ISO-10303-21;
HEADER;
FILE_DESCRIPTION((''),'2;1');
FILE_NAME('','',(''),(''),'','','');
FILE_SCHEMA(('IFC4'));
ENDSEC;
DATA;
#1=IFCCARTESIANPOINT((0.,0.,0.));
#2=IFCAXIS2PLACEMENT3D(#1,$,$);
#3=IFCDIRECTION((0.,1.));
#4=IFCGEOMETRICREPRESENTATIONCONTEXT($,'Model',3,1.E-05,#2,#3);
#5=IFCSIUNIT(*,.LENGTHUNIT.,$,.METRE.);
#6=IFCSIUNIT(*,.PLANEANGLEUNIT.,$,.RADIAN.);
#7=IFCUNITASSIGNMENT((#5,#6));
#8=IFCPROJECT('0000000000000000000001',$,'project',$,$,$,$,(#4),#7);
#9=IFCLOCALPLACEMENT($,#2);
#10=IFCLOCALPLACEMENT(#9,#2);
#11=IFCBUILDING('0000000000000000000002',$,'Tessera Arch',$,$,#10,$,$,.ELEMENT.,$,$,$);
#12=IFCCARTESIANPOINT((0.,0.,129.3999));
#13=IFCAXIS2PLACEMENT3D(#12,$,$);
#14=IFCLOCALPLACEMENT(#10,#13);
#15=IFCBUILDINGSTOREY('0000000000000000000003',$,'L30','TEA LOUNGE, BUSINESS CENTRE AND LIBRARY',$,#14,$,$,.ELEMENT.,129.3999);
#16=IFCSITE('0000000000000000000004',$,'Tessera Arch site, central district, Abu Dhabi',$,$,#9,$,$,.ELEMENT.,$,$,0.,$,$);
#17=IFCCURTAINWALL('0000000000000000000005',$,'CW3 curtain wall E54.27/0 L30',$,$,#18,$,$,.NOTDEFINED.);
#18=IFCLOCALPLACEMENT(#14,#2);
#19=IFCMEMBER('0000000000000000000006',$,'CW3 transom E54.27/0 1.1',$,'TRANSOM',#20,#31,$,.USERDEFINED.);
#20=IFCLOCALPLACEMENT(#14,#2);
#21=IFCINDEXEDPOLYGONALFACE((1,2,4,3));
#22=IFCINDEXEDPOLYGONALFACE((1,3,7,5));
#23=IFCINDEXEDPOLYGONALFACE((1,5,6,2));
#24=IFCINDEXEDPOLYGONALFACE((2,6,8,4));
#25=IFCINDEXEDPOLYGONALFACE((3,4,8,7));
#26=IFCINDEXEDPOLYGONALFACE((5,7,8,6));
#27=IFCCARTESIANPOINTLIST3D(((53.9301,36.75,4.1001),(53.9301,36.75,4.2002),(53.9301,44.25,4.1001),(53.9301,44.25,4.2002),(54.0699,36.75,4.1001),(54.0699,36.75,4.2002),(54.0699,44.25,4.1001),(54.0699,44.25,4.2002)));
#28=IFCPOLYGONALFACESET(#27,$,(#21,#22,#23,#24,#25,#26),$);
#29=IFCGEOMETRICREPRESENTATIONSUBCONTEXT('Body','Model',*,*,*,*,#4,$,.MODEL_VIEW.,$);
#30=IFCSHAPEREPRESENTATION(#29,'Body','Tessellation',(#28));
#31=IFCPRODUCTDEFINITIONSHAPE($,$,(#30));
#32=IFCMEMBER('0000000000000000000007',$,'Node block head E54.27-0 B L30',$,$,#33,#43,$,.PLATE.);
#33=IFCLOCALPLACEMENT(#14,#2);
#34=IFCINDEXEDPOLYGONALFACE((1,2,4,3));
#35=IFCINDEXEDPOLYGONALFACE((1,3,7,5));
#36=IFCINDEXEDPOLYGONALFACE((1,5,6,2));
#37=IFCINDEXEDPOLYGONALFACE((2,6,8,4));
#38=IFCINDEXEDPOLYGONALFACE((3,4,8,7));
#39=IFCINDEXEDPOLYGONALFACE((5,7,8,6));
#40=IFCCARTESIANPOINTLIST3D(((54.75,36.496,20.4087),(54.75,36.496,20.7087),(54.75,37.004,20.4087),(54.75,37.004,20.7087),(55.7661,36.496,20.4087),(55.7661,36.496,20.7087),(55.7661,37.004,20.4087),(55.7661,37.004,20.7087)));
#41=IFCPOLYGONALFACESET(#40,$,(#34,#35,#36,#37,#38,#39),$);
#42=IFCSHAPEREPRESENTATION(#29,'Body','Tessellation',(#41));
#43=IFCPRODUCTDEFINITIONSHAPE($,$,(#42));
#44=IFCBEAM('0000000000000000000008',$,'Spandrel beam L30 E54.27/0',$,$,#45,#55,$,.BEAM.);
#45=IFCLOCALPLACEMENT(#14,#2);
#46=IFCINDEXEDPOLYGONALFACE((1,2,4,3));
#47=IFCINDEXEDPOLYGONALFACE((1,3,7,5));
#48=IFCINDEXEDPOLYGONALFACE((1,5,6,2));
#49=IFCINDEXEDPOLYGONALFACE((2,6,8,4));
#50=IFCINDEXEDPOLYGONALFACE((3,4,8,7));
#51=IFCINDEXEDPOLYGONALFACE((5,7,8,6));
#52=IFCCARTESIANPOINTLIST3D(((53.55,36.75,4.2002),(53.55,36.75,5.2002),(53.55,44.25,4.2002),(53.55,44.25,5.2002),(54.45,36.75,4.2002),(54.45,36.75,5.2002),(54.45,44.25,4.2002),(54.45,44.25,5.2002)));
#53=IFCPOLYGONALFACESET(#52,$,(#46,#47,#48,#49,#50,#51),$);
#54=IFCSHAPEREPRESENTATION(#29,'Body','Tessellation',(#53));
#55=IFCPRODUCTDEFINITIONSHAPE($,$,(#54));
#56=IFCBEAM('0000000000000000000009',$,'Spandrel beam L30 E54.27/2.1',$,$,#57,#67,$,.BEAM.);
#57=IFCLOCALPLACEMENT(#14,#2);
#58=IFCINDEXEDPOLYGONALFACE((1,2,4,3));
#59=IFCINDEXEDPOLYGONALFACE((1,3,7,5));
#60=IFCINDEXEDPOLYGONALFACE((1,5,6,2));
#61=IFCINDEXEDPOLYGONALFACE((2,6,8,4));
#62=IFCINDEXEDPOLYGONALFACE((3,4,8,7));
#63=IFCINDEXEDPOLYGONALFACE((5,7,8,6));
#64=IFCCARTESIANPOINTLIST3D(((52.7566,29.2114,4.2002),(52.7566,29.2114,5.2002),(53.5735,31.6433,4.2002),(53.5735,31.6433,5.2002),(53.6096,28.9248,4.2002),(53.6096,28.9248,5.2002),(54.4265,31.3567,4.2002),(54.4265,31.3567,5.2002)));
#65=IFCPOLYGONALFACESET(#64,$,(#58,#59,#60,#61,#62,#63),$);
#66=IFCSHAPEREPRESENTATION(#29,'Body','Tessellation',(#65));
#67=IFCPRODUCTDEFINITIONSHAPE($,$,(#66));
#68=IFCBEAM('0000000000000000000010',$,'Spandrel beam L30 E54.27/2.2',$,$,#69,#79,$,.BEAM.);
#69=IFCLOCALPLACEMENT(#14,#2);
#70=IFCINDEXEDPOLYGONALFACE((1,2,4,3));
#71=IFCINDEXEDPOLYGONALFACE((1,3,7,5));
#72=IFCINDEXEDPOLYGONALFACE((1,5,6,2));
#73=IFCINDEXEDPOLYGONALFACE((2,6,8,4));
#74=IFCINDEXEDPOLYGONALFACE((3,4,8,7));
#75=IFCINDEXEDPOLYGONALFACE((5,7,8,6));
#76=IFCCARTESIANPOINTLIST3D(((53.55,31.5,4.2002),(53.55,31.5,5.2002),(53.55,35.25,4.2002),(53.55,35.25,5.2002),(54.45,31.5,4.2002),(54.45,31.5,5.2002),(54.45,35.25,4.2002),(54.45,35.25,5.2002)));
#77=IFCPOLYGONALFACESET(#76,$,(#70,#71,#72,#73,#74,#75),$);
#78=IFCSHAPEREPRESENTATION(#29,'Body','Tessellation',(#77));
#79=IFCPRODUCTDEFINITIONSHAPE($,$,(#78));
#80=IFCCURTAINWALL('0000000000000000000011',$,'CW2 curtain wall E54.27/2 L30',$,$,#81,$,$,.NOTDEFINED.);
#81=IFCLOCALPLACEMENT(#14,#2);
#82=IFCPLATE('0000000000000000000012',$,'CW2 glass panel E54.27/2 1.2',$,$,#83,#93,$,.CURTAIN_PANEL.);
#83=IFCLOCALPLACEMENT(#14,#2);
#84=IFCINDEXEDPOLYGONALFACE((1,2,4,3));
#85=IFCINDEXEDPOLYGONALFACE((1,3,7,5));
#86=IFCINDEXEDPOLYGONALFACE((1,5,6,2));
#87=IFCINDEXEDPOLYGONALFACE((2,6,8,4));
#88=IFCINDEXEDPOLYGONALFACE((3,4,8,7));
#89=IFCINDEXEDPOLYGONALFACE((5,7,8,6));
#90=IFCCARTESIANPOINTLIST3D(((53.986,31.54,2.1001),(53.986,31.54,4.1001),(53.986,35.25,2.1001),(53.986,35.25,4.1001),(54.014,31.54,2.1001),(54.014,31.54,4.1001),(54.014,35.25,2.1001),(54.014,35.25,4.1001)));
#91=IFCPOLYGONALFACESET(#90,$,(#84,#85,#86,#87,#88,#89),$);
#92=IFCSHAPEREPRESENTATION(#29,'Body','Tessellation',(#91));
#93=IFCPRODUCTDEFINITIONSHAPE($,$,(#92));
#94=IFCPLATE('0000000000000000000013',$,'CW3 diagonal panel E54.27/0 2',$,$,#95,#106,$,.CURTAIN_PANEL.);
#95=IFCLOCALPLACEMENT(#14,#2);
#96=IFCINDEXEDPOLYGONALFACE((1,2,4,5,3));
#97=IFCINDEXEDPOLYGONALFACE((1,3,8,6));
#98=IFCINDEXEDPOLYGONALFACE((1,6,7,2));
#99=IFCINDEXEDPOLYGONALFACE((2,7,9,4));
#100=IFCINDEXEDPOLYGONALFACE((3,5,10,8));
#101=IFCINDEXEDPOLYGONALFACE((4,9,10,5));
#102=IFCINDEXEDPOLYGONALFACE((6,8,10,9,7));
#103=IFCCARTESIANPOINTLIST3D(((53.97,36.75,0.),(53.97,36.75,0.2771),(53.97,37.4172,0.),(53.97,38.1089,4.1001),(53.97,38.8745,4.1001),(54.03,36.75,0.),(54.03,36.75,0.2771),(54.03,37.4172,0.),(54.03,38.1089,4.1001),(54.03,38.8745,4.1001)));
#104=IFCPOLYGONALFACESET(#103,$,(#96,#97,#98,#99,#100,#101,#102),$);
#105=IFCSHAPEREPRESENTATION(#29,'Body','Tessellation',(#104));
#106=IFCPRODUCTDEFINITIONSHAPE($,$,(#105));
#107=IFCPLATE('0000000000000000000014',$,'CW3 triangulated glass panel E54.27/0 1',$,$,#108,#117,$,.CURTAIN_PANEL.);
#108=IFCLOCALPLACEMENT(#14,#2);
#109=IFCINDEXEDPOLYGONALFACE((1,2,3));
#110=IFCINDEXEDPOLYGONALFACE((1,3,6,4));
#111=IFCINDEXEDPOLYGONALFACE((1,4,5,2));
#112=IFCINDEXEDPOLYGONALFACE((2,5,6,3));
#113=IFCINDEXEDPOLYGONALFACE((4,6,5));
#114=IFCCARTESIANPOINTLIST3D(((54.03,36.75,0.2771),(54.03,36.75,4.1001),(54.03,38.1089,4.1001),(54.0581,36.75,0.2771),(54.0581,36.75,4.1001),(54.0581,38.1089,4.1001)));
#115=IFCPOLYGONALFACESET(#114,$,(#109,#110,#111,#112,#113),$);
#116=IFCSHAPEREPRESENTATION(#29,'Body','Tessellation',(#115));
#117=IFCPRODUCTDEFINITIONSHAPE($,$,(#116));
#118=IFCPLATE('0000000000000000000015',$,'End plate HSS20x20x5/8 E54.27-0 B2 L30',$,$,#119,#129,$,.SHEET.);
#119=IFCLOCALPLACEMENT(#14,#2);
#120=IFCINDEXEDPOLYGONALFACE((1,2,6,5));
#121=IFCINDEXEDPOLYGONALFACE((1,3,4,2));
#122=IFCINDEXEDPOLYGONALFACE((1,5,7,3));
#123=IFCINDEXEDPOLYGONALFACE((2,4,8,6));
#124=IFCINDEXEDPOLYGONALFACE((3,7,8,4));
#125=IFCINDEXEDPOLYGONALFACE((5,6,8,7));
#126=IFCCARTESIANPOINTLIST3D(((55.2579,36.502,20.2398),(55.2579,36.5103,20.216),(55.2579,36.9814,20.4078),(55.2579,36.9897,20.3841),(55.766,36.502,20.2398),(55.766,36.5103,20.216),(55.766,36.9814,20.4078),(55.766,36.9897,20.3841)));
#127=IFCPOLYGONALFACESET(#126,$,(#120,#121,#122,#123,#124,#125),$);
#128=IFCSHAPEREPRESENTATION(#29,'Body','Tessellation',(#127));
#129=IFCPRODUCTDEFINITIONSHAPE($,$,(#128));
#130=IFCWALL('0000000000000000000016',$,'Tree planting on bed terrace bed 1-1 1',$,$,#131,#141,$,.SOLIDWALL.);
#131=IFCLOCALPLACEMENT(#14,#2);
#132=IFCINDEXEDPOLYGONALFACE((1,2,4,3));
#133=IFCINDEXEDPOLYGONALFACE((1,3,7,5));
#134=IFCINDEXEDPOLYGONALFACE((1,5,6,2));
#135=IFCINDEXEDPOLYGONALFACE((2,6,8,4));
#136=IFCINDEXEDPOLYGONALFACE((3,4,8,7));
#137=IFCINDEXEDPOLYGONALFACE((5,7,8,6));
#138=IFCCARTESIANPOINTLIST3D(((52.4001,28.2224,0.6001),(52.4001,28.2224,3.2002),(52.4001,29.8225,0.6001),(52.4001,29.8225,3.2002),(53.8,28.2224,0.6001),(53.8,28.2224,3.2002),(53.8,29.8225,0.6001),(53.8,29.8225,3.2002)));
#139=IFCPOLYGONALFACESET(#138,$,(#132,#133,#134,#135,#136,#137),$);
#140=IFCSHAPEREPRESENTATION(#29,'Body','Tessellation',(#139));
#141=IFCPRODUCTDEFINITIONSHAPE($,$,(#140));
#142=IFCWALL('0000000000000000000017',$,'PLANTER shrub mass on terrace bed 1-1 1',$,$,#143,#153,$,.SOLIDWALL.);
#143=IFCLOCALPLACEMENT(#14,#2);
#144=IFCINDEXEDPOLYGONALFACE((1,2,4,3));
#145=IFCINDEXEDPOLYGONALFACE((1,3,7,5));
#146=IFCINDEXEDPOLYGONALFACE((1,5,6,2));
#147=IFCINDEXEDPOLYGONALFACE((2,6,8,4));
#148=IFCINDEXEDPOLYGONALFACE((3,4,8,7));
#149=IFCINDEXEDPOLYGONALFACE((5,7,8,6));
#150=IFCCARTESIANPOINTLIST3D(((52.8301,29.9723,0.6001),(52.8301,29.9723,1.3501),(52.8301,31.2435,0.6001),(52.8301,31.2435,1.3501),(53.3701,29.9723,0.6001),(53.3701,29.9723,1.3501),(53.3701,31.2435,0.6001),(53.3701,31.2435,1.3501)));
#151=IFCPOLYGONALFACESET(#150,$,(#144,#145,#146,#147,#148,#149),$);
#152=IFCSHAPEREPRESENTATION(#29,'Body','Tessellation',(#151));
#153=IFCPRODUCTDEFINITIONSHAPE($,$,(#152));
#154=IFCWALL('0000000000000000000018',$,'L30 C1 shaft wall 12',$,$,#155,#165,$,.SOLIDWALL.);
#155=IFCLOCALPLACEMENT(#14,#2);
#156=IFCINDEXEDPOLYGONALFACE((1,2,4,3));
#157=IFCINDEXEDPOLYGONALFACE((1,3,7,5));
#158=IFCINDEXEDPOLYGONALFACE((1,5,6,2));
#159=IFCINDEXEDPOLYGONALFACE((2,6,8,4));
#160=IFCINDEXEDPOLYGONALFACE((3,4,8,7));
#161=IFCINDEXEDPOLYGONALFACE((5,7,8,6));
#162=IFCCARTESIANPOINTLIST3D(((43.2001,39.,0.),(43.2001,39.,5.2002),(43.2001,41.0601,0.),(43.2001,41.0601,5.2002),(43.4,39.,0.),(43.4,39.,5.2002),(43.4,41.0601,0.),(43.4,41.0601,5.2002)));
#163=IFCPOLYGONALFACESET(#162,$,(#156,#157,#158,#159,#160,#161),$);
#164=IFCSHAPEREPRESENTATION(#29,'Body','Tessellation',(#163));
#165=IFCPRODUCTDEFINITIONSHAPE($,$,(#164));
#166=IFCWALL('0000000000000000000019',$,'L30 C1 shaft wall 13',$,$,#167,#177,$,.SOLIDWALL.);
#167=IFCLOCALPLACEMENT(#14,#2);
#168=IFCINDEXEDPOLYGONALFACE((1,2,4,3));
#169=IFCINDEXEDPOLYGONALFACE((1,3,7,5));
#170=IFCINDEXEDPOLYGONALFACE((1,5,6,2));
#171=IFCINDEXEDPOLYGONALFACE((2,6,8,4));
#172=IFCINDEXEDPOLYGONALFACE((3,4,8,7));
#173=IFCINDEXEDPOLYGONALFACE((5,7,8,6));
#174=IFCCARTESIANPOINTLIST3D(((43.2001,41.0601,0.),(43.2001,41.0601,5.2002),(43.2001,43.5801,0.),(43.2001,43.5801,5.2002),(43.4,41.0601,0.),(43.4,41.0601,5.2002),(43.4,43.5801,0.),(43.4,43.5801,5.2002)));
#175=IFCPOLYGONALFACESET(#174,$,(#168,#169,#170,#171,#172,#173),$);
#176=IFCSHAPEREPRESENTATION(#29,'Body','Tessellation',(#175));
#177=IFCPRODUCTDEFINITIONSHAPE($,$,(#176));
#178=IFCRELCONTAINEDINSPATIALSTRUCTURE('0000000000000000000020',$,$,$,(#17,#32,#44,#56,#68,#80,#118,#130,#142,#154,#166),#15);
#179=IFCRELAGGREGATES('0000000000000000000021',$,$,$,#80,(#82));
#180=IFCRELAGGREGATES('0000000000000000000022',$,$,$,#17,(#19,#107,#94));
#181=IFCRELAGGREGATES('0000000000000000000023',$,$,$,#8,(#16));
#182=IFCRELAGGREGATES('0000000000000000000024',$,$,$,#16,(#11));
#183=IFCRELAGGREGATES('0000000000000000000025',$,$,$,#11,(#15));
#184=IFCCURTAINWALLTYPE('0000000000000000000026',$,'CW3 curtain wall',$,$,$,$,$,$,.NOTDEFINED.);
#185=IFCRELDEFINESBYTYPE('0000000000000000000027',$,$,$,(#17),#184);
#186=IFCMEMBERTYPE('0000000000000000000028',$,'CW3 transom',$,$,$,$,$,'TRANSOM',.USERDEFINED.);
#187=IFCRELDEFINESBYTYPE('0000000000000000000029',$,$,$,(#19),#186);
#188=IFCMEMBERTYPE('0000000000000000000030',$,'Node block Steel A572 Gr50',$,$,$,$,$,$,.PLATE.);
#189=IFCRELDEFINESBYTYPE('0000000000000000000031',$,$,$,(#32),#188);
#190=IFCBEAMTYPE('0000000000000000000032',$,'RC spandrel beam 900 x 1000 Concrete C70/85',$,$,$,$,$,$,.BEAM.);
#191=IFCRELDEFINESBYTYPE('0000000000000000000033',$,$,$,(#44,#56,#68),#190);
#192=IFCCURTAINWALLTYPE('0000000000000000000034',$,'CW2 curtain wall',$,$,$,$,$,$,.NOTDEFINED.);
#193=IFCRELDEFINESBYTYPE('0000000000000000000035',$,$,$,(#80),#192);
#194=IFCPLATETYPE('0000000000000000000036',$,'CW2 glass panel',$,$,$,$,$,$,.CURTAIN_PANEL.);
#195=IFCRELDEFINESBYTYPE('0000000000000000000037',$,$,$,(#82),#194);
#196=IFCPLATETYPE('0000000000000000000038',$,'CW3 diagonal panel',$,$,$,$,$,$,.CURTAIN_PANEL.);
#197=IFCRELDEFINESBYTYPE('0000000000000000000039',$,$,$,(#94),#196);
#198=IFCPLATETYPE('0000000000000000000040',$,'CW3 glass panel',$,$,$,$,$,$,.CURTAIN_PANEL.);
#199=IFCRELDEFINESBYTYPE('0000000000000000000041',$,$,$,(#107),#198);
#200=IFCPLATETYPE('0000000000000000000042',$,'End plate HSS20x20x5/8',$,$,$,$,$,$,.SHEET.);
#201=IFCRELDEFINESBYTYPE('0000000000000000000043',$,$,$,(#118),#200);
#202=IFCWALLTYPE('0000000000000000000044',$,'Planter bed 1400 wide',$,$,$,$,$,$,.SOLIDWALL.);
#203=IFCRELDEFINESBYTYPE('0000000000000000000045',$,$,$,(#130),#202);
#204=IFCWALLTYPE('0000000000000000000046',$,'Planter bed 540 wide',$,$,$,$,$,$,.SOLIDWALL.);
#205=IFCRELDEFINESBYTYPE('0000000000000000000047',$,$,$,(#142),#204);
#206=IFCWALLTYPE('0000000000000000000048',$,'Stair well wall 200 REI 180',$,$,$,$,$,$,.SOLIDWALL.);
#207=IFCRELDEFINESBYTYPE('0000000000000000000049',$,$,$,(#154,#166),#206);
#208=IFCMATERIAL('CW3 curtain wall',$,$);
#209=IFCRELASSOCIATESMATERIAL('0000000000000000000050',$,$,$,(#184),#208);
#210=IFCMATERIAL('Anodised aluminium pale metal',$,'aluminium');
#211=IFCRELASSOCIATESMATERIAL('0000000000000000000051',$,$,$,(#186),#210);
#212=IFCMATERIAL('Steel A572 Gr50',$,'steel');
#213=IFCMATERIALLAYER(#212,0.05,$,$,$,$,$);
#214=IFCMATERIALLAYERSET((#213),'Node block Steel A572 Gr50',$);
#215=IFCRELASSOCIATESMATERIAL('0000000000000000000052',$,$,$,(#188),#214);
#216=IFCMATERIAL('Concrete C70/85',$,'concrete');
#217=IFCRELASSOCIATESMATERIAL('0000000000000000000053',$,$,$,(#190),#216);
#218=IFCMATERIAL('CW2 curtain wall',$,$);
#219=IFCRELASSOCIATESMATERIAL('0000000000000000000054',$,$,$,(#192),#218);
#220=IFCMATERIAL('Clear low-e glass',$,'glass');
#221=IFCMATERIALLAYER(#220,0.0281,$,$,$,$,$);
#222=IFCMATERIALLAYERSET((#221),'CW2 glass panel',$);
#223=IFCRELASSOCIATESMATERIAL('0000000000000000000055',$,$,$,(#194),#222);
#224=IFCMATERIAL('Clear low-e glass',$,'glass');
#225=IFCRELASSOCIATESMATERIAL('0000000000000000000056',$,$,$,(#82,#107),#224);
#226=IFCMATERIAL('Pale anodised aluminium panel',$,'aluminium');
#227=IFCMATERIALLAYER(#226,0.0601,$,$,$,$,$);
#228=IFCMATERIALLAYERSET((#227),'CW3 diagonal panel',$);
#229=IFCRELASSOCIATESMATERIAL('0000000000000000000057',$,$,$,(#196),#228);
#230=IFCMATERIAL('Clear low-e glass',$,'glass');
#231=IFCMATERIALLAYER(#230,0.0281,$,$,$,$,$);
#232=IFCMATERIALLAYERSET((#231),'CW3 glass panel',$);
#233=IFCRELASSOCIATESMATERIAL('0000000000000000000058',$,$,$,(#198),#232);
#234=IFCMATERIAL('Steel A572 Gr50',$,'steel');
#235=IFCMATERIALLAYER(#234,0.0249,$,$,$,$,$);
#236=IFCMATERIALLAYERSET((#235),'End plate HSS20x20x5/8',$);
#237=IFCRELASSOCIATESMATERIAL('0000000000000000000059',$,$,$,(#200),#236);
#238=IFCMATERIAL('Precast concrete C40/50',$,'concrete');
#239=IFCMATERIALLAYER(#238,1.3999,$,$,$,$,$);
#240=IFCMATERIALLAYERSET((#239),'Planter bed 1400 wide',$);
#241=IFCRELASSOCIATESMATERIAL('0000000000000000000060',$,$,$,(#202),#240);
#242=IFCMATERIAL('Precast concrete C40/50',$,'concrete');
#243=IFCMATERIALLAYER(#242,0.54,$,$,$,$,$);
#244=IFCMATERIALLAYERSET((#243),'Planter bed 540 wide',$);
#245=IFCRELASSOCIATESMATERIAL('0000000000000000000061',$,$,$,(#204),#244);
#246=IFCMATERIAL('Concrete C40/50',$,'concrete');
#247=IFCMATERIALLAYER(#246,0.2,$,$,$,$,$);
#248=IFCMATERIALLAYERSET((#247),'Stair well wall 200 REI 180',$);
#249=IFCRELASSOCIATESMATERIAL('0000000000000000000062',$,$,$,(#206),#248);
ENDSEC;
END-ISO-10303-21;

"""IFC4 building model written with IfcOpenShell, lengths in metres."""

from ifc_helpers import new_model, si_unit, direction, frame, frame_2d, origin, origin_2d, place, context, subcontext, project, spatial, polyline, rectangle, outline, extrude, material, layer, layer_set, material_profile, profile_set, type_object, element, aggregate, save


model = new_model("IFC4")

# Units and contexts
model_context = context("Model", 3, precision=1e-05, world=origin(), true_north=direction((0.0, 1.0)))
body_context = subcontext(model_context, "Body", "Model", "MODEL_VIEW")
ifc_project = project(units=[si_unit("LENGTHUNIT", "METRE"), si_unit("PLANEANGLEUNIT", "RADIAN")], contexts=[model_context])

# Site, building, storey
site_placement = place(None, origin())
site = spatial("IfcSite", under=ifc_project, at=site_placement, Name="Tessera Arch site, central district, Abu Dhabi", CompositionType="ELEMENT", RefElevation=0.0)
building_placement = place(site_placement, origin())
building = spatial("IfcBuilding", under=site, at=building_placement, Name="Tessera Arch", CompositionType="ELEMENT")
storey_placement = place(building_placement, frame((0.0, 0.0, 129.3999)))
storey = spatial("IfcBuildingStorey", under=building, at=storey_placement, Name="L30", Description="TEA LOUNGE, BUSINESS CENTRE AND LIBRARY", CompositionType="ELEMENT", Elevation=129.3999)

# Curtain wall, member
ifc_material_1 = material(Name="CW3 curtain wall")
curtain_wall_type_1 = type_object("IfcCurtainWallType", Name="CW3 curtain wall", PredefinedType="NOTDEFINED", material=ifc_material_1)
curtain_wall_1_placement = place(storey_placement, origin())
curtain_wall_1 = element("IfcCurtainWall", 1, at=curtain_wall_1_placement, inside=storey, type_object=curtain_wall_type_1, Name="CW3 curtain wall E54.27/0 L30", PredefinedType="NOTDEFINED")
ifc_material_2 = material(Name="Anodised aluminium pale metal", Category="aluminium")
ifc_material_profile_1 = material_profile(ifc_material_2, rectangle(XDim=0.1399, YDim=0.1001, at=origin_2d()), Name="AL 140x100")
ifc_profile_set_1 = profile_set([ifc_material_profile_1], Name="Anodised aluminium pale metal")
member_type_1 = type_object("IfcMemberType", Name="CW3 transom", ElementType="TRANSOM", PredefinedType="USERDEFINED", material=ifc_profile_set_1)
member_1_placement = place(storey_placement, frame((54.0, 36.75, 4.1501), z_axis=(0.0, 1.0, 0.0), x_axis=(-1.0, 0.0, 0.0)))
member_1 = element("IfcMember", 2, at=member_1_placement, type_object=member_type_1, Name="CW3 transom E54.27/0 1.1", ObjectType="TRANSOM", PredefinedType="USERDEFINED", context=body_context, shape_type="SweptSolid", body=[
    extrude(rectangle(XDim=0.1399, YDim=0.1001, at=origin_2d()), origin(), (0.0, 0.0, 1.0), 7.5),
])

# Member
ifc_material_3 = material(Name="Steel A572 Gr50", Category="steel")
ifc_layer_1 = layer(ifc_material_3, 0.05)
ifc_layer_set_1 = layer_set([ifc_layer_1], Name="Node block Steel A572 Gr50")
member_type_2 = type_object("IfcMemberType", Name="Node block Steel A572 Gr50", PredefinedType="PLATE", material=ifc_layer_set_1)
member_2_placement = place(storey_placement, frame((55.2581, 36.75, 20.4087), z_axis=(0.0, 0.0, 1.0), x_axis=(0.0, 1.0, 0.0)))
element("IfcMember", 3, at=member_2_placement, inside=storey, type_object=member_type_2, Name="Node block head E54.27-0 B L30", PredefinedType="PLATE", context=body_context, shape_type="SweptSolid", body=[
    extrude(rectangle(XDim=0.5081, YDim=1.0161, at=origin_2d()), origin(), (0.0, 0.0, 1.0), 0.3),
])

# Beams
ifc_material_4 = material(Name="Concrete C70/85", Category="concrete")
ifc_material_profile_2 = material_profile(ifc_material_4, rectangle(XDim=0.8999, YDim=1.0, at=origin_2d()), Name="RC spandrel beam 900 x 1000 Concrete C70/85")
ifc_profile_set_2 = profile_set([ifc_material_profile_2], Name="Concrete C70/85")
beam_type = type_object("IfcBeamType", Name="RC spandrel beam 900 x 1000 Concrete C70/85", PredefinedType="BEAM", material=ifc_profile_set_2)
beam_1_placement = place(storey_placement, frame((54.0, 36.75, 4.7002), z_axis=(0.0, 1.0, 0.0), x_axis=(-1.0, 0.0, 0.0)))
element("IfcBeam", 4, at=beam_1_placement, inside=storey, type_object=beam_type, Name="Spandrel beam L30 E54.27/0", PredefinedType="BEAM", context=body_context, shape_type="SweptSolid", body=[
    extrude(rectangle(XDim=0.8999, YDim=1.0, at=origin_2d()), origin(), (0.0, 0.0, 1.0), 7.5),
])
beam_2_placement = place(storey_placement, frame((53.1831, 29.0681, 4.7002), z_axis=(0.318425, 0.947948, 0.0), x_axis=(-0.947948, 0.318425, 0.0)))
element("IfcBeam", 5, at=beam_2_placement, inside=storey, type_object=beam_type, Name="Spandrel beam L30 E54.27/2.1", PredefinedType="BEAM", context=body_context, shape_type="SweptSolid", body=[
    extrude(rectangle(XDim=0.8999, YDim=1.0, at=origin_2d()), origin(), (0.0, 0.0, 1.0), 2.5654),
])
beam_3_placement = place(storey_placement, frame((54.0, 31.5, 4.7002), z_axis=(0.0, 1.0, 0.0), x_axis=(-1.0, 0.0, 0.0)))
element("IfcBeam", 6, at=beam_3_placement, inside=storey, type_object=beam_type, Name="Spandrel beam L30 E54.27/2.2", PredefinedType="BEAM", context=body_context, shape_type="SweptSolid", body=[
    extrude(rectangle(XDim=0.8999, YDim=1.0, at=origin_2d()), origin(), (0.0, 0.0, 1.0), 3.75),
])

# Curtain wall, plate
ifc_material_5 = material(Name="CW2 curtain wall")
curtain_wall_type_2 = type_object("IfcCurtainWallType", Name="CW2 curtain wall", PredefinedType="NOTDEFINED", material=ifc_material_5)
curtain_wall_2_placement = place(storey_placement, origin())
curtain_wall_2 = element("IfcCurtainWall", 7, at=curtain_wall_2_placement, inside=storey, type_object=curtain_wall_type_2, Name="CW2 curtain wall E54.27/2 L30", PredefinedType="NOTDEFINED")
ifc_material_6 = material(Name="Clear low-e glass", Category="glass")
ifc_material_7 = material(Name="Clear low-e glass", Category="glass")
ifc_layer_2 = layer(ifc_material_7, 0.0281)
ifc_layer_set_2 = layer_set([ifc_layer_2], Name="CW2 glass panel")
plate_type_1 = type_object("IfcPlateType", Name="CW2 glass panel", PredefinedType="CURTAIN_PANEL", material=ifc_layer_set_2)
plate_1_placement = place(storey_placement, frame((54.0, 33.395, 2.1001), z_axis=(0.0, 0.0, 1.0), x_axis=(0.0, 1.0, 0.0)))
plate_1 = element("IfcPlate", 8, at=plate_1_placement, type_object=plate_type_1, material=ifc_material_6, Name="CW2 glass panel E54.27/2 1.2", PredefinedType="CURTAIN_PANEL", context=body_context, shape_type="SweptSolid", body=[
    extrude(rectangle(XDim=3.71, YDim=0.0281, at=origin_2d()), origin(), (0.0, 0.0, 1.0), 2.0),
])
aggregate(curtain_wall_2, [plate_1])

# Plates
ifc_material_8 = material(Name="Pale anodised aluminium panel", Category="aluminium")
ifc_layer_3 = layer(ifc_material_8, 0.0601)
ifc_layer_set_3 = layer_set([ifc_layer_3], Name="CW3 diagonal panel")
plate_type_2 = type_object("IfcPlateType", Name="CW3 diagonal panel", PredefinedType="CURTAIN_PANEL", material=ifc_layer_set_3)
plate_2_placement = place(storey_placement, frame((54.03, 38.8745, 4.1001), z_axis=(1.0, 0.0, 0.0), x_axis=(0.0, -1.0, 0.0)))
plate_2 = element("IfcPlate", 9, at=plate_2_placement, type_object=plate_type_2, Name="CW3 diagonal panel E54.27/0 2", PredefinedType="CURTAIN_PANEL", context=body_context, shape_type="SweptSolid", body=[
    extrude(outline(polyline([(0.0, 0.0), (0.7656, 0.0), (2.1245, 3.823), (2.1245, 4.1001), (1.4573, 4.1001), (0.0, 0.0)])), origin(), (0.0, 0.0, -1.0), 0.0601),
])
ifc_material_9 = material(Name="Clear low-e glass", Category="glass")
ifc_layer_4 = layer(ifc_material_9, 0.0281)
ifc_layer_set_4 = layer_set([ifc_layer_4], Name="CW3 glass panel")
plate_type_3 = type_object("IfcPlateType", Name="CW3 glass panel", PredefinedType="CURTAIN_PANEL", material=ifc_layer_set_4)
plate_3_placement = place(storey_placement, frame((54.0581, 36.75, 4.1001), z_axis=(1.0, 0.0, 0.0), x_axis=(0.0, 0.0, -1.0)))
plate_3 = element("IfcPlate", 10, at=plate_3_placement, type_object=plate_type_3, material=ifc_material_6, Name="CW3 triangulated glass panel E54.27/0 1", PredefinedType="CURTAIN_PANEL", context=body_context, shape_type="SweptSolid", body=[
    extrude(outline(polyline([(0.0, 0.0), (3.823, 0.0), (0.0, 1.3589), (0.0, 0.0)])), origin(), (0.0, 0.0, -1.0), 0.0281),
])
aggregate(curtain_wall_1, [member_1, plate_3, plate_2])
ifc_material_10 = material(Name="Steel A572 Gr50", Category="steel")
ifc_layer_5 = layer(ifc_material_10, 0.0249)
ifc_layer_set_5 = layer_set([ifc_layer_5], Name="End plate HSS20x20x5/8")
plate_type_4 = type_object("IfcPlateType", Name="End plate HSS20x20x5/8", PredefinedType="SHEET", material=ifc_layer_set_5)
plate_4_placement = place(storey_placement, frame((55.512, 36.75, 20.3), z_axis=(0.0, -0.330784, 0.943707), x_axis=(1.0, 0.0, 0.0)))
element("IfcPlate", 11, at=plate_4_placement, inside=storey, type_object=plate_type_4, Name="End plate HSS20x20x5/8 E54.27-0 B2 L30", PredefinedType="SHEET", context=body_context, shape_type="SweptSolid", body=[
    extrude(rectangle(XDim=0.5081, YDim=0.5081, at=origin_2d()), origin(), (0.0, 0.0, 1.0), 0.0251),
])

# Walls
ifc_material_11 = material(Name="Precast concrete C40/50", Category="concrete")
ifc_layer_6 = layer(ifc_material_11, 1.3999)
ifc_layer_set_6 = layer_set([ifc_layer_6], Name="Planter bed 1400 wide")
wall_type_1 = type_object("IfcWallType", Name="Planter bed 1400 wide", PredefinedType="SOLIDWALL", material=ifc_layer_set_6)
wall_1_placement = place(storey_placement, frame((53.1001, 29.8225, 0.6001), z_axis=(0.0, 0.0, 1.0), x_axis=(0.0, -1.0, 0.0)))
element("IfcWall", 12, at=wall_1_placement, inside=storey, type_object=wall_type_1, Name="Tree planting on bed terrace bed 1-1 1", PredefinedType="SOLIDWALL", context=body_context, shape_type="SweptSolid", body=[
    extrude(rectangle(XDim=1.6001, YDim=1.3999, at=frame_2d((0.8, 0.0))), origin(), (0.0, 0.0, 1.0), 2.6001),
])
ifc_material_12 = material(Name="Precast concrete C40/50", Category="concrete")
ifc_layer_7 = layer(ifc_material_12, 0.54)
ifc_layer_set_7 = layer_set([ifc_layer_7], Name="Planter bed 540 wide")
wall_type_2 = type_object("IfcWallType", Name="Planter bed 540 wide", PredefinedType="SOLIDWALL", material=ifc_layer_set_7)
wall_2_placement = place(storey_placement, frame((53.1001, 31.2437, 0.6001), z_axis=(0.0, 0.0, 1.0), x_axis=(0.0, -1.0, 0.0)))
element("IfcWall", 13, at=wall_2_placement, inside=storey, type_object=wall_type_2, Name="PLANTER shrub mass on terrace bed 1-1 1", PredefinedType="SOLIDWALL", context=body_context, shape_type="SweptSolid", body=[
    extrude(rectangle(XDim=1.2712, YDim=0.54, at=frame_2d((0.6357, 0.0))), origin(), (0.0, 0.0, 1.0), 0.75),
])
ifc_material_13 = material(Name="Concrete C40/50", Category="concrete")
ifc_layer_8 = layer(ifc_material_13, 0.2)
ifc_layer_set_8 = layer_set([ifc_layer_8], Name="Stair well wall 200 REI 180")
wall_type_3 = type_object("IfcWallType", Name="Stair well wall 200 REI 180", PredefinedType="SOLIDWALL", material=ifc_layer_set_8)
wall_3_placement = place(storey_placement, frame((43.3, 39.0, 0.0), z_axis=(0.0, 0.0, 1.0), x_axis=(0.0, 1.0, 0.0)))
element("IfcWall", 14, at=wall_3_placement, inside=storey, type_object=wall_type_3, Name="L30 C1 shaft wall 12", PredefinedType="SOLIDWALL", context=body_context, shape_type="SweptSolid", body=[
    extrude(rectangle(XDim=2.0601, YDim=0.2, at=frame_2d((1.03, 0.0))), origin(), (0.0, 0.0, 1.0), 5.2002),
])
wall_4_placement = place(storey_placement, frame((43.3, 41.0601, 0.0), z_axis=(0.0, 0.0, 1.0), x_axis=(0.0, 1.0, 0.0)))
element("IfcWall", 15, at=wall_4_placement, inside=storey, type_object=wall_type_3, Name="L30 C1 shaft wall 13", PredefinedType="SOLIDWALL", context=body_context, shape_type="SweptSolid", body=[
    extrude(rectangle(XDim=2.52, YDim=0.2, at=frame_2d((1.26, 0.0))), origin(), (0.0, 0.0, 1.0), 5.2002),
])

save(model, "model.ifc")
